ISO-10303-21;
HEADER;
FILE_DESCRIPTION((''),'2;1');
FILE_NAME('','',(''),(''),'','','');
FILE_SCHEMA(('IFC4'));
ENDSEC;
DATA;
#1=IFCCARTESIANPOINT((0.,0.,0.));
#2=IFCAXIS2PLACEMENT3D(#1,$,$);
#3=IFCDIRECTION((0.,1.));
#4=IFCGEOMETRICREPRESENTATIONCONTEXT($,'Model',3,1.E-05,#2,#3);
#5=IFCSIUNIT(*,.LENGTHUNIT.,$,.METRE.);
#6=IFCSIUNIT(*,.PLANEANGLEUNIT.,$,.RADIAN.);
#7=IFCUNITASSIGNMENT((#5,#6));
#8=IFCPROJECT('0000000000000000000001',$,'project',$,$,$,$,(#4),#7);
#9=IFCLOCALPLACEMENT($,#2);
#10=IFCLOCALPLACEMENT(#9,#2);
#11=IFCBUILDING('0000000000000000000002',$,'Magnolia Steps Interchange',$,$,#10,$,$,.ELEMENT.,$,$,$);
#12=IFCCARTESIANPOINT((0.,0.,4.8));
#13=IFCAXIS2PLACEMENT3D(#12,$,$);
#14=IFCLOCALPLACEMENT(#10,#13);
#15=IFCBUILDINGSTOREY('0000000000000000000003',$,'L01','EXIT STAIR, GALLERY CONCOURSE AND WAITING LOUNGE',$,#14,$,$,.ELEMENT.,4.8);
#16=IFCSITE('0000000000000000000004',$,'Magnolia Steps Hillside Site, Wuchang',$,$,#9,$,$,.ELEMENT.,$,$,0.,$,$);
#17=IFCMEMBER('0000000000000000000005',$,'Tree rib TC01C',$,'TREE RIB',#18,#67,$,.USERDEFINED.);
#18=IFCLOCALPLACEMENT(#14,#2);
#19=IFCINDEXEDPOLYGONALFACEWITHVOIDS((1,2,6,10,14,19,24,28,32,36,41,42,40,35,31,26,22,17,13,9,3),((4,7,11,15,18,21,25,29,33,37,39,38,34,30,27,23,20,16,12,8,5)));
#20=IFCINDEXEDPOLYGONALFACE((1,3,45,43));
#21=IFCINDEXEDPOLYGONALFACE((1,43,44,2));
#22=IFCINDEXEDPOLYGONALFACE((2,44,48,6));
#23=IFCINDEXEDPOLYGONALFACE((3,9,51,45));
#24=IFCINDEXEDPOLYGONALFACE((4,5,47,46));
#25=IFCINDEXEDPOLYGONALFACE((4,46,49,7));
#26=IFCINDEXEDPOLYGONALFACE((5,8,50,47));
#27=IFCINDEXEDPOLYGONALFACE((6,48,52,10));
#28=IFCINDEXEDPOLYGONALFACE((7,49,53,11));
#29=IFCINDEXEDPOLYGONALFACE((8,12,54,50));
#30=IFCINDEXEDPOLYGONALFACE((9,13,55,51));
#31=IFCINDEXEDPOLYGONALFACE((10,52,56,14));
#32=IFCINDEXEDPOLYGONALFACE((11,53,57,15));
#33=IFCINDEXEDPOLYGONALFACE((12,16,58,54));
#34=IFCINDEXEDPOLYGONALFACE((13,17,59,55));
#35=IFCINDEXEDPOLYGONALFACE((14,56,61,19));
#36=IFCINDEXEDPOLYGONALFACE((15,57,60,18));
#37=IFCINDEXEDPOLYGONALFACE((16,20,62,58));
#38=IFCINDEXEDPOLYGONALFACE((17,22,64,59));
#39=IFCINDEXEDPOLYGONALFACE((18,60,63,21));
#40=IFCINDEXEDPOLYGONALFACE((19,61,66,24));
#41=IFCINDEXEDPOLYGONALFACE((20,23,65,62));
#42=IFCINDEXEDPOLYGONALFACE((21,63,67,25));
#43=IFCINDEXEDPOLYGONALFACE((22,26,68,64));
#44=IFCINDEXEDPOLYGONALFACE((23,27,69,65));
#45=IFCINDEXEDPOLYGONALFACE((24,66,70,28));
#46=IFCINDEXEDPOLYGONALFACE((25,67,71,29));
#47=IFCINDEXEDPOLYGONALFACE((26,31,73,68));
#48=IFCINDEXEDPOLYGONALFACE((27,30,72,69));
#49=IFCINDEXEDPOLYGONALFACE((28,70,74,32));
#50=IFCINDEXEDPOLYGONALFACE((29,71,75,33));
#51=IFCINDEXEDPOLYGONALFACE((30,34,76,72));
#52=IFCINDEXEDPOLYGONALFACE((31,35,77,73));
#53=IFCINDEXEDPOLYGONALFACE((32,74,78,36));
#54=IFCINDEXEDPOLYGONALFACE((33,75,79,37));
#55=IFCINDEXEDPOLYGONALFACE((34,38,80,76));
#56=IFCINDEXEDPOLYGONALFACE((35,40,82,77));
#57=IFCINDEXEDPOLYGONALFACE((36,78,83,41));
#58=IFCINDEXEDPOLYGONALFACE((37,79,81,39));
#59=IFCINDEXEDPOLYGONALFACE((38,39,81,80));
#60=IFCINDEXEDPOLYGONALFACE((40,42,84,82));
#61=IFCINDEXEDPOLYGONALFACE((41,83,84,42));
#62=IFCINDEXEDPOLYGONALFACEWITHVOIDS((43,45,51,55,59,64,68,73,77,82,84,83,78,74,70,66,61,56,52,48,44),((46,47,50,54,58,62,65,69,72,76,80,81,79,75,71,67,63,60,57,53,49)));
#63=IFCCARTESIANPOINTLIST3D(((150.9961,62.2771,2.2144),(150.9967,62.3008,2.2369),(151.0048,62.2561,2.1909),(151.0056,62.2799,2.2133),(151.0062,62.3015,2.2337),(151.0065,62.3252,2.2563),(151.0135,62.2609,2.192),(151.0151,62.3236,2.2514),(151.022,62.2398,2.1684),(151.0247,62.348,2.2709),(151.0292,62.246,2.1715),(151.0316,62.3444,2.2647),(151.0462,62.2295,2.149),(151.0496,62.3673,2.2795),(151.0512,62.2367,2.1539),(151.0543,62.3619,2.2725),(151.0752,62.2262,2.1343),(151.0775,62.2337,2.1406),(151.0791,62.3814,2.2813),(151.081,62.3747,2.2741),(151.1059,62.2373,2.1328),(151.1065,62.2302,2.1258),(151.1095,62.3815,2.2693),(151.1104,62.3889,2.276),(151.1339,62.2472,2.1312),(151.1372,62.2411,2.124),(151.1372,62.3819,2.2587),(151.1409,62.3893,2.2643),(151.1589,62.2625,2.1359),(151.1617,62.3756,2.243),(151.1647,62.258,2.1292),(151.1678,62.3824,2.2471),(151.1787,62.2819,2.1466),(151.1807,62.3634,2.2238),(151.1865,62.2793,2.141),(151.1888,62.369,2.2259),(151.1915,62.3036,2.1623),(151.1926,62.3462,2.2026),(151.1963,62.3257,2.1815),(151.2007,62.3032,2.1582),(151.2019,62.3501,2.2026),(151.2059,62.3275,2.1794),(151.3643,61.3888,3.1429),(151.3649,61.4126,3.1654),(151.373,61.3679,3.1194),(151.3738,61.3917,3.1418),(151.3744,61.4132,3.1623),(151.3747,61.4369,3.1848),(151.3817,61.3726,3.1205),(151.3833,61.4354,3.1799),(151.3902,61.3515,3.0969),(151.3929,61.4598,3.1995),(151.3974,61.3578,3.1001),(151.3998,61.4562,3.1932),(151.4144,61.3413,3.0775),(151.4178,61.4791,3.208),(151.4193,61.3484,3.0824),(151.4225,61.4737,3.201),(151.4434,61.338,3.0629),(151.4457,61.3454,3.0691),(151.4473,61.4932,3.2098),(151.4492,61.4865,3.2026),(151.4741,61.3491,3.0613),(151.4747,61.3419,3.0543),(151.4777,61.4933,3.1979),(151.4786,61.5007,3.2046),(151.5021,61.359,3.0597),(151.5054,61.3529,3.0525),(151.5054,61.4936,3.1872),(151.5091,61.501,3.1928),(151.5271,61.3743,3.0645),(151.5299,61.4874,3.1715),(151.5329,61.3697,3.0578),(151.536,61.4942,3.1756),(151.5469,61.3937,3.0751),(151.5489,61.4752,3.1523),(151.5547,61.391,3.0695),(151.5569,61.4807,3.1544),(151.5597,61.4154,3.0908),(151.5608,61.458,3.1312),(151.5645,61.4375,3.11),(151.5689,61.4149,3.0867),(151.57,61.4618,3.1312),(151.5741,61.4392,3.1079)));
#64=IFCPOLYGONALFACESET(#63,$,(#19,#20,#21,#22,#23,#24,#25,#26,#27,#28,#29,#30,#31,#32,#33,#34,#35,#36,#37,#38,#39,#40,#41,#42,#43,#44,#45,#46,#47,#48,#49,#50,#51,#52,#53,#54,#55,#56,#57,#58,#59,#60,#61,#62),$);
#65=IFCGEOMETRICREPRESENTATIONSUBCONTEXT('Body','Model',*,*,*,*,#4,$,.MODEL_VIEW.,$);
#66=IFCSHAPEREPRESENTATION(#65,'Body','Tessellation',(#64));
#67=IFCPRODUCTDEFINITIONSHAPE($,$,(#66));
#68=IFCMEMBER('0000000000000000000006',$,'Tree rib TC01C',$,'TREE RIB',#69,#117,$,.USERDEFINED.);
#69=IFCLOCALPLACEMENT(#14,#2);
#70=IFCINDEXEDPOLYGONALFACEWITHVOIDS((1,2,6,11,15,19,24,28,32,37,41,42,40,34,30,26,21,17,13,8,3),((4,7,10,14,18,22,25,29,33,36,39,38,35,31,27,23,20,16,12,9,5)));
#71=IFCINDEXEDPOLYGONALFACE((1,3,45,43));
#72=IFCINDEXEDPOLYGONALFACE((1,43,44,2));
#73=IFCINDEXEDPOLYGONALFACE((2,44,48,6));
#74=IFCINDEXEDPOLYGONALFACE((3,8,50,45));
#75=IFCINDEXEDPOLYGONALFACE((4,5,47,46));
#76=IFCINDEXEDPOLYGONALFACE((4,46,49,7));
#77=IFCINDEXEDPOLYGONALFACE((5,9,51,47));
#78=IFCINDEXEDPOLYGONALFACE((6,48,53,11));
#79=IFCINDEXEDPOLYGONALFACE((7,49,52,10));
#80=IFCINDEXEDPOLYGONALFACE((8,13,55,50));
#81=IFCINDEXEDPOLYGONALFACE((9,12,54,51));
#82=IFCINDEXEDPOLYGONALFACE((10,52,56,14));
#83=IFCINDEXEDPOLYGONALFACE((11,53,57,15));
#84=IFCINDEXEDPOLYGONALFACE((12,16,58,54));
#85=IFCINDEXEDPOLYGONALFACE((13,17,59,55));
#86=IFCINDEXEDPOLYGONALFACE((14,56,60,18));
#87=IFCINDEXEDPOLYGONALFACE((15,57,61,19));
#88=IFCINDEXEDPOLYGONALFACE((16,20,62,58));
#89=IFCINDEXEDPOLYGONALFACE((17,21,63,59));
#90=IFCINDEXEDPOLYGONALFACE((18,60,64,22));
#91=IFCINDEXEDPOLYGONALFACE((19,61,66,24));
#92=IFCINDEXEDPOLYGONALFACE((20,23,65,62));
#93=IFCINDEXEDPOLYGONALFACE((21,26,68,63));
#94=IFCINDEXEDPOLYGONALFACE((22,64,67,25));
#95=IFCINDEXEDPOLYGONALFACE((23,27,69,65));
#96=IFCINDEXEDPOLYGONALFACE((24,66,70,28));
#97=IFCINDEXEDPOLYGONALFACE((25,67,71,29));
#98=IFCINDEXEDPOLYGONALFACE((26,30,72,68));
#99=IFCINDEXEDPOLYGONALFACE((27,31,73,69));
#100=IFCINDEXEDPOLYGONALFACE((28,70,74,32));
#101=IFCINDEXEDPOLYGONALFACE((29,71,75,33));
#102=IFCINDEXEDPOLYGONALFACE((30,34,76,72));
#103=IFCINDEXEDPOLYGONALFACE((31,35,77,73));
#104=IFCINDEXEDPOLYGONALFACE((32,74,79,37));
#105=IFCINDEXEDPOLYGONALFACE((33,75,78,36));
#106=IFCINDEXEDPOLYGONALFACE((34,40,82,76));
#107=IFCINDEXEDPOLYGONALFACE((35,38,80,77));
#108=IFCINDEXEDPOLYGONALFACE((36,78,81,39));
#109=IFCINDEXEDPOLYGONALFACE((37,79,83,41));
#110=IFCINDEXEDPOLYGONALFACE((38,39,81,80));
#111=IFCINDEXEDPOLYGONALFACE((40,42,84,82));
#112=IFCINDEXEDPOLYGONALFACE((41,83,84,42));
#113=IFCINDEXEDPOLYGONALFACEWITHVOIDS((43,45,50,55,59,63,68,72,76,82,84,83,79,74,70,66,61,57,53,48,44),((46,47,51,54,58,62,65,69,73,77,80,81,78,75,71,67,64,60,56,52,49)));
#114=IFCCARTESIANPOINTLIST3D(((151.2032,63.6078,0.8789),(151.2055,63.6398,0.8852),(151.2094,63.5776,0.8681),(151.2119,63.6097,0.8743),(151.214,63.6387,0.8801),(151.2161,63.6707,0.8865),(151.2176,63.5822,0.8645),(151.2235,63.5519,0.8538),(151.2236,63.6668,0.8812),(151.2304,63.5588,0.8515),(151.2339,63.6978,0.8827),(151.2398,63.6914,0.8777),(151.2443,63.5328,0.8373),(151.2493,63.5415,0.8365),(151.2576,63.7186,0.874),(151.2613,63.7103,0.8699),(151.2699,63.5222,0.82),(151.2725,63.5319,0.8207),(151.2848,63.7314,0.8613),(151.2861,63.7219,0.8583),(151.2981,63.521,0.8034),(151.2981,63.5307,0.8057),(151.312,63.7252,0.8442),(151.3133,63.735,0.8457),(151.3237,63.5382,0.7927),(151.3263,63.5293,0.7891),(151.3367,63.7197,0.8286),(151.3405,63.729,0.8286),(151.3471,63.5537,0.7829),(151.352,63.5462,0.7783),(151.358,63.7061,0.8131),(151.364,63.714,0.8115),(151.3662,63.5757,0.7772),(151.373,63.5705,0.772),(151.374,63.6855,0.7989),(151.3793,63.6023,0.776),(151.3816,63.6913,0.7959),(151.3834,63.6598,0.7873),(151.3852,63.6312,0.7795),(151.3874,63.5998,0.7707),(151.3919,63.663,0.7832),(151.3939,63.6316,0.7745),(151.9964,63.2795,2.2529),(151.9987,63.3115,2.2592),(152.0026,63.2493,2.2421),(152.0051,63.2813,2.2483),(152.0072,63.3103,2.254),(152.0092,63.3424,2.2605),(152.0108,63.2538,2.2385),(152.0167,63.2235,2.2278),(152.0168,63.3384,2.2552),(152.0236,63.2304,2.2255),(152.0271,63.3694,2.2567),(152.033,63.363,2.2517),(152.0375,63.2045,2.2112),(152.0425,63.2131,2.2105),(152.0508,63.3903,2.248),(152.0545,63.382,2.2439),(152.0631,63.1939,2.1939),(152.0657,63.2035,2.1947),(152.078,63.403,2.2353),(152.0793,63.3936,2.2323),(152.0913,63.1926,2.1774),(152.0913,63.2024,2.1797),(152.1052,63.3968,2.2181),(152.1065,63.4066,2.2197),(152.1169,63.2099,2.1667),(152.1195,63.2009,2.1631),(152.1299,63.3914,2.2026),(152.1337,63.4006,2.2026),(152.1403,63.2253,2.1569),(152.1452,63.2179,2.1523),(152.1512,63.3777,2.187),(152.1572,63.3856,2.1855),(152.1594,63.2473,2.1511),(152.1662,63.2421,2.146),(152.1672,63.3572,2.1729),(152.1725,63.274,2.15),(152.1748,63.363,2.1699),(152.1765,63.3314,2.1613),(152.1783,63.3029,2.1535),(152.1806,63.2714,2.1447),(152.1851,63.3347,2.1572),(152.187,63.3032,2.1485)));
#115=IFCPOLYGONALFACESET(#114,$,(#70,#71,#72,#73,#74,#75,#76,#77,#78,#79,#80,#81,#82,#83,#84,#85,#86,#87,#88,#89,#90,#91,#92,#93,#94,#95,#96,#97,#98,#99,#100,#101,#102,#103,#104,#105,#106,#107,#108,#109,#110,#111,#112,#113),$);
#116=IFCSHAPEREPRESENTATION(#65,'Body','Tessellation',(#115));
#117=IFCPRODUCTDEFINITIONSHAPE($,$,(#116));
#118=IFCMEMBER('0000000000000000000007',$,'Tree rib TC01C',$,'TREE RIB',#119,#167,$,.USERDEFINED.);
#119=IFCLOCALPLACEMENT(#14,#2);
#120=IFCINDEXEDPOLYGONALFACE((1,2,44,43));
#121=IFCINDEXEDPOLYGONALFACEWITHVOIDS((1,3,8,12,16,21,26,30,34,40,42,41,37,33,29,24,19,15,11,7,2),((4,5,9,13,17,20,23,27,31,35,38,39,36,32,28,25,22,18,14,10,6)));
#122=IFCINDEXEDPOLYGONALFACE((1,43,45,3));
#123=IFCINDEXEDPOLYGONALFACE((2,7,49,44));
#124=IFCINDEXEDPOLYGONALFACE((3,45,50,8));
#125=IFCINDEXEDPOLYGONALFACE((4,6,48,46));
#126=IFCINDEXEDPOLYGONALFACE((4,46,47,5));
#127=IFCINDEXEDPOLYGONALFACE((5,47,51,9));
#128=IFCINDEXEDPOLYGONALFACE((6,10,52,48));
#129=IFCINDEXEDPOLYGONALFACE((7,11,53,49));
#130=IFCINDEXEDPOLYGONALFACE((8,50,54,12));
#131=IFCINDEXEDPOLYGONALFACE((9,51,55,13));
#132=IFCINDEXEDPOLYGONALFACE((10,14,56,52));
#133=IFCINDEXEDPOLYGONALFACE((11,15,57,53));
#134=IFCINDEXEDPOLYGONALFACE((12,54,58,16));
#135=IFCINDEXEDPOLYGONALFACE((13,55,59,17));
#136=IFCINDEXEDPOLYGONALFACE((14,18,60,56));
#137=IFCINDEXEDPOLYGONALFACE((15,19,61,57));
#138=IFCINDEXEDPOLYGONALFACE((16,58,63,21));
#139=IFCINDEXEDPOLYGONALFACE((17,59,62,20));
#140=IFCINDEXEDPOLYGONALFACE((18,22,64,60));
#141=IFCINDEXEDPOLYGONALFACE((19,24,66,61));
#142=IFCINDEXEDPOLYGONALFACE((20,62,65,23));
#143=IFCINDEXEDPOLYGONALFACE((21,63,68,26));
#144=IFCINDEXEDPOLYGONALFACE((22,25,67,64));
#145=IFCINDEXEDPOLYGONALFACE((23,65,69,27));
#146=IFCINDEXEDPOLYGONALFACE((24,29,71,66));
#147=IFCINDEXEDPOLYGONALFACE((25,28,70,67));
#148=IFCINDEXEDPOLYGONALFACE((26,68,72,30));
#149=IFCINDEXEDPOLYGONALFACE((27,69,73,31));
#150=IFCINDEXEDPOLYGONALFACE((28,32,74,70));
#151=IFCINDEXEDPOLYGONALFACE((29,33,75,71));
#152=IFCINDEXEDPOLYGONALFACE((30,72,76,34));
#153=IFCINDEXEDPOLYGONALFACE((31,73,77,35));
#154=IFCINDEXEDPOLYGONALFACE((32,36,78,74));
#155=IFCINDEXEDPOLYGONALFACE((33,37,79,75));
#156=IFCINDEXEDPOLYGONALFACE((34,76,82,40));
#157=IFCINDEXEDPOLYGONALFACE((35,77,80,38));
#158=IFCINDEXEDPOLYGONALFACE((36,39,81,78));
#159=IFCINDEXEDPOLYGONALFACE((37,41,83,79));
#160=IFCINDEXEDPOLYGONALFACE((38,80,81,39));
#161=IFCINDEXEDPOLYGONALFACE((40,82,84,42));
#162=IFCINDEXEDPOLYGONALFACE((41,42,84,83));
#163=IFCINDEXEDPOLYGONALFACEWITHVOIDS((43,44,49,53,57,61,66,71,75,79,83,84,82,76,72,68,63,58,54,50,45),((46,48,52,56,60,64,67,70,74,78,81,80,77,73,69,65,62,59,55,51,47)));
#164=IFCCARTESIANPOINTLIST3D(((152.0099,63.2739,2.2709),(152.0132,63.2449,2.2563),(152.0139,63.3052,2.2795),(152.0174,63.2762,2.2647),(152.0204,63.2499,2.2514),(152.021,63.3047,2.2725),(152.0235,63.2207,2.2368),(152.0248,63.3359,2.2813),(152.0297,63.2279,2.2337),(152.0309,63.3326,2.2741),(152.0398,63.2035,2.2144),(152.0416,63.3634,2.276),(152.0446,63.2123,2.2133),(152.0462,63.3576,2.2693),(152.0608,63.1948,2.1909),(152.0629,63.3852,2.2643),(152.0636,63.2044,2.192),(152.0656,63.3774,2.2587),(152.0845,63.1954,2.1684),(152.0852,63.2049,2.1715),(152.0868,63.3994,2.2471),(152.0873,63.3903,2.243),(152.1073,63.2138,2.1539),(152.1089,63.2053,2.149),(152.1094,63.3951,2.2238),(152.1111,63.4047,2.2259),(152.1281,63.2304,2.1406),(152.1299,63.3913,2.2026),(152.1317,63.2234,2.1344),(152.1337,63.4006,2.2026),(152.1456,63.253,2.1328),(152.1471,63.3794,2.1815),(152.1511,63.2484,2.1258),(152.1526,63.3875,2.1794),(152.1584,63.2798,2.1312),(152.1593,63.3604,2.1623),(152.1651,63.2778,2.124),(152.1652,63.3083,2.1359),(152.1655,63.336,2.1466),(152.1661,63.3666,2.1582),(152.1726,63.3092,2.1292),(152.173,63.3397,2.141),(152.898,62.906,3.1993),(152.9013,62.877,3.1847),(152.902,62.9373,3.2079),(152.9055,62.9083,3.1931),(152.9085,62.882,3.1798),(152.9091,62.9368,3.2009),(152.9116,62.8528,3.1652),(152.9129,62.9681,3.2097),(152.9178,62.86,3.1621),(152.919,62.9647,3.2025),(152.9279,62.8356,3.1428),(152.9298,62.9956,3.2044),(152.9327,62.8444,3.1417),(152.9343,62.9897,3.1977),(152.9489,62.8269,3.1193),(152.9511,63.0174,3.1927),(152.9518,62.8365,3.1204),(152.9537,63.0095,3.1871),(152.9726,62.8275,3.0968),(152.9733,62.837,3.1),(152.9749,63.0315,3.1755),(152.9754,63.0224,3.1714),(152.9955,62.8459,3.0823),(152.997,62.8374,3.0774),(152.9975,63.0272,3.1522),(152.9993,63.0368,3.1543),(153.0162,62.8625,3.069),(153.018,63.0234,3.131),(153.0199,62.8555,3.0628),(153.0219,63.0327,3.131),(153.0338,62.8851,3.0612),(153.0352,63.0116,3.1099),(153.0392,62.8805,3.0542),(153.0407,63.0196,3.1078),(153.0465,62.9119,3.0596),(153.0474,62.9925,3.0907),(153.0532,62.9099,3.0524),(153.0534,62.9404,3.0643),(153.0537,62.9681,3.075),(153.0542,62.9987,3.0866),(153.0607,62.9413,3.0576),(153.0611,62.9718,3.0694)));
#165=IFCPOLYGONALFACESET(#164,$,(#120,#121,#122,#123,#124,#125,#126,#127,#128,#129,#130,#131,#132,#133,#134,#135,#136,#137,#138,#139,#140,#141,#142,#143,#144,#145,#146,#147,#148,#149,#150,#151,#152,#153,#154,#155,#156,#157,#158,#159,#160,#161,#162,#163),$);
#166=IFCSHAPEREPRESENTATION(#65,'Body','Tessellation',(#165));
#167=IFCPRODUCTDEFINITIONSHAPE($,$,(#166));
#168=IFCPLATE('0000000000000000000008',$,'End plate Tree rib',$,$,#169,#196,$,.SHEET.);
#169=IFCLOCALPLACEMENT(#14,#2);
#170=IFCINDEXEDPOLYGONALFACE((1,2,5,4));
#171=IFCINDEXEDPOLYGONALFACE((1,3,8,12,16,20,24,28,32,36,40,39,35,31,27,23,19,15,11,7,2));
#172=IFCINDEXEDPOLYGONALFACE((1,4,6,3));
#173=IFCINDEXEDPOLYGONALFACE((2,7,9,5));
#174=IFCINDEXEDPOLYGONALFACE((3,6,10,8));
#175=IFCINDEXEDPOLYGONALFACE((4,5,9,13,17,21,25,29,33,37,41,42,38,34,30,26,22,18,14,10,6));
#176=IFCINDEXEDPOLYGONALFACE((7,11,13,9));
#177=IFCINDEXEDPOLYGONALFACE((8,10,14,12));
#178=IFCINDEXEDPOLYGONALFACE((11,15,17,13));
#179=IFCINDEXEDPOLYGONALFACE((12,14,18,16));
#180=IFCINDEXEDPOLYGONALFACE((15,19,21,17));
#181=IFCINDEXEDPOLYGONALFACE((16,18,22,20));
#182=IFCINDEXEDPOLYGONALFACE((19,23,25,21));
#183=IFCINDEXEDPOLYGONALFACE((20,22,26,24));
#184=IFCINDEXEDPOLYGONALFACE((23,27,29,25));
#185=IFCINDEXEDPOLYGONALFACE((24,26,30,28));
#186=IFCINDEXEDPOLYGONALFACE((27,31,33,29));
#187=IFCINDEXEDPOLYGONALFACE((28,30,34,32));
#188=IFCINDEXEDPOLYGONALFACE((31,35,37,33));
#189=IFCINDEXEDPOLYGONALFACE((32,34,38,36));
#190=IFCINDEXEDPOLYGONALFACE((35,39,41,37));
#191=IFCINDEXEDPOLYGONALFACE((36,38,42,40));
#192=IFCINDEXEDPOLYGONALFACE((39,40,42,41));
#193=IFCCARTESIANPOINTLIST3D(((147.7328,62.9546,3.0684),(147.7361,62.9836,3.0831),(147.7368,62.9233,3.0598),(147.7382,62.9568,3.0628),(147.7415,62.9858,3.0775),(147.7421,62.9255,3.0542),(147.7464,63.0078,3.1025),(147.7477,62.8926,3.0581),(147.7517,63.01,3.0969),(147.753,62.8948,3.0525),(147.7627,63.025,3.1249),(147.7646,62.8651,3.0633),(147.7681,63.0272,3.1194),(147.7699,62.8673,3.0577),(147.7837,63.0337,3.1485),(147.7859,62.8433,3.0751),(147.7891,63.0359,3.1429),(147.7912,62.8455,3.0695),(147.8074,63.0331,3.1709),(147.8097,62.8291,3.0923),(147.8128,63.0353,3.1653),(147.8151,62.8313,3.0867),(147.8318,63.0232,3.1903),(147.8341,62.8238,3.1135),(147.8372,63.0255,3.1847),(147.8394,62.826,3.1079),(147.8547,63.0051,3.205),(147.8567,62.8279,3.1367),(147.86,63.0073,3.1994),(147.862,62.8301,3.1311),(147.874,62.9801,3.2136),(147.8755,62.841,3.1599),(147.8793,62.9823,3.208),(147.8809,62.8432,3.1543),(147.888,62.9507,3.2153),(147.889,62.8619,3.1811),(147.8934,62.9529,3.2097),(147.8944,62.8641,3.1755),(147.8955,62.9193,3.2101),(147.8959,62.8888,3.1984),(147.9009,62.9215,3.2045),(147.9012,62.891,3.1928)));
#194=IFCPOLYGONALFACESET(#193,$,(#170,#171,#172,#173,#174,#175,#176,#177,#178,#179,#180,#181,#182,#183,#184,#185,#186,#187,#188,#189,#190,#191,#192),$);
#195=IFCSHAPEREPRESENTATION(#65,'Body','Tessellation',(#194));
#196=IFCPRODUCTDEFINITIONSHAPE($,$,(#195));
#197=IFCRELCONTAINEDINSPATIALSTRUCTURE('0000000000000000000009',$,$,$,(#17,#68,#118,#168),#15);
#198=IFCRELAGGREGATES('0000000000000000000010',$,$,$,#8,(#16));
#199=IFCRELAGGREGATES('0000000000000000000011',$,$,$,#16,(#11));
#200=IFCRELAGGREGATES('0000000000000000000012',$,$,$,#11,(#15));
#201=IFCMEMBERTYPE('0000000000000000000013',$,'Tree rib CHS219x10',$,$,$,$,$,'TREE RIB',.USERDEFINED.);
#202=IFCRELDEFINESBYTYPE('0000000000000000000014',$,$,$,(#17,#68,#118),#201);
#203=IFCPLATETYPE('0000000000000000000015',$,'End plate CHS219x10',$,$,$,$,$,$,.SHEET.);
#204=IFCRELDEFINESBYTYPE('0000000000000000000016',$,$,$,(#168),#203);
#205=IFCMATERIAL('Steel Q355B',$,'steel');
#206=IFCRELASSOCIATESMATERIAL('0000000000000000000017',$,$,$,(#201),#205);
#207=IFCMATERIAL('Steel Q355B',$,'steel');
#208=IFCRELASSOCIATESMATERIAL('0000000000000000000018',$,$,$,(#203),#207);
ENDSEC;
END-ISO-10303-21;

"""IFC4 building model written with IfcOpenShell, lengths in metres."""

from ifc_helpers import new_model, si_unit, direction, frame, origin, origin_2d, place, context, subcontext, project, spatial, circle, hollow_circle, extrude, material, material_profile, profile_set, type_object, element, save


model = new_model("IFC4")

# Units and contexts
model_context = context("Model", 3, precision=1e-05, world=origin(), true_north=direction((0.0, 1.0)))
body_context = subcontext(model_context, "Body", "Model", "MODEL_VIEW")
ifc_project = project(units=[si_unit("LENGTHUNIT", "METRE"), si_unit("PLANEANGLEUNIT", "RADIAN")], contexts=[model_context])

# Site, building, storey
site_placement = place(None, origin())
site = spatial("IfcSite", under=ifc_project, at=site_placement, Name="Magnolia Steps Hillside Site, Wuchang", CompositionType="ELEMENT", RefElevation=0.0)
building_placement = place(site_placement, origin())
building = spatial("IfcBuilding", under=site, at=building_placement, Name="Magnolia Steps Interchange", CompositionType="ELEMENT")
storey_placement = place(building_placement, frame((0.0, 0.0, 4.8)))
storey = spatial("IfcBuildingStorey", under=building, at=storey_placement, Name="L01", Description="EXIT STAIR, GALLERY CONCOURSE AND WAITING LOUNGE", CompositionType="ELEMENT", Elevation=4.8)

# Members
ifc_material_1 = material(Name="Steel Q355B", Category="steel")
ifc_material_profile_1 = material_profile(ifc_material_1, hollow_circle(Radius=0.1096, WallThickness=0.01, at=origin_2d()), Name="CHS219x10")
ifc_profile_set_1 = profile_set([ifc_material_profile_1], Name="Steel Q355B")
member_type = type_object("IfcMemberType", Name="Tree rib CHS219x10", ElementType="TREE RIB", PredefinedType="USERDEFINED", material=ifc_profile_set_1)
member_1_placement = place(storey_placement, frame((151.1006, 62.3081, 2.2026), z_axis=(0.275451, -0.664516, 0.694655), x_axis=(0.923782, 0.38292, 0.0)))
element("IfcMember", 1, at=member_1_placement, inside=storey, type_object=member_type, Name="Tree rib TC01C", ObjectType="TREE RIB", PredefinedType="USERDEFINED", context=body_context, shape_type="SweptSolid", body=[
    extrude(hollow_circle(Radius=0.1096, WallThickness=0.01, at=origin_2d()), origin(), (0.0, 0.0, 1.0), 1.3367),
])
member_2_placement = place(storey_placement, frame((151.2986, 63.6277, 0.8286), z_axis=(0.489586, -0.202676, 0.848073), x_axis=(0.382494, 0.923958, 0.0)))
element("IfcMember", 2, at=member_2_placement, inside=storey, type_object=member_type, Name="Tree rib TC01C", ObjectType="TREE RIB", PredefinedType="USERDEFINED", context=body_context, shape_type="SweptSolid", body=[
    extrude(hollow_circle(Radius=0.1096, WallThickness=0.01, at=origin_2d()), origin(), (0.0, 0.0, 1.0), 1.6201),
])
member_3_placement = place(storey_placement, frame((152.0918, 63.2993, 2.2026), z_axis=(0.664549, -0.275282, 0.69469), x_axis=(0.382703, 0.923871, 0.0)))
element("IfcMember", 3, at=member_3_placement, inside=storey, type_object=member_type, Name="Tree rib TC01C", ObjectType="TREE RIB", PredefinedType="USERDEFINED", context=body_context, shape_type="SweptSolid", body=[
    extrude(hollow_circle(Radius=0.1096, WallThickness=0.01, at=origin_2d()), origin(), (0.0, 0.0, 1.0), 1.3364),
])

# Plate
ifc_material_2 = material(Name="Steel Q355B", Category="steel")
ifc_material_profile_2 = material_profile(ifc_material_2, circle(Radius=0.1096, at=origin_2d()), Name="End plate CHS219x10")
ifc_profile_set_2 = profile_set([ifc_material_profile_2], Name="Steel Q355B")
plate_type_1 = type_object("IfcPlateType", Name="End plate CHS219x10", PredefinedType="SHEET", material=ifc_profile_set_2)
for number, where, z_axis, x_axis, name in (
    (4, (147.8201, 62.9314, 3.1311), (-0.664583, -0.275279, 0.694658), (0.382683, -0.92388, 0.0), "End plate Tree rib"),
):
    element("IfcPlate", number, at=place(storey_placement, frame(where, z_axis=z_axis, x_axis=x_axis)), inside=storey, type_object=plate_type_1, Name=name, PredefinedType="SHEET", context=body_context, shape_type="SweptSolid", body=[
        extrude(circle(Radius=0.1096, at=origin_2d()), origin(), (0.0, 0.0, 1.0), 0.0081),
    ])

save(model, "model.ifc")
